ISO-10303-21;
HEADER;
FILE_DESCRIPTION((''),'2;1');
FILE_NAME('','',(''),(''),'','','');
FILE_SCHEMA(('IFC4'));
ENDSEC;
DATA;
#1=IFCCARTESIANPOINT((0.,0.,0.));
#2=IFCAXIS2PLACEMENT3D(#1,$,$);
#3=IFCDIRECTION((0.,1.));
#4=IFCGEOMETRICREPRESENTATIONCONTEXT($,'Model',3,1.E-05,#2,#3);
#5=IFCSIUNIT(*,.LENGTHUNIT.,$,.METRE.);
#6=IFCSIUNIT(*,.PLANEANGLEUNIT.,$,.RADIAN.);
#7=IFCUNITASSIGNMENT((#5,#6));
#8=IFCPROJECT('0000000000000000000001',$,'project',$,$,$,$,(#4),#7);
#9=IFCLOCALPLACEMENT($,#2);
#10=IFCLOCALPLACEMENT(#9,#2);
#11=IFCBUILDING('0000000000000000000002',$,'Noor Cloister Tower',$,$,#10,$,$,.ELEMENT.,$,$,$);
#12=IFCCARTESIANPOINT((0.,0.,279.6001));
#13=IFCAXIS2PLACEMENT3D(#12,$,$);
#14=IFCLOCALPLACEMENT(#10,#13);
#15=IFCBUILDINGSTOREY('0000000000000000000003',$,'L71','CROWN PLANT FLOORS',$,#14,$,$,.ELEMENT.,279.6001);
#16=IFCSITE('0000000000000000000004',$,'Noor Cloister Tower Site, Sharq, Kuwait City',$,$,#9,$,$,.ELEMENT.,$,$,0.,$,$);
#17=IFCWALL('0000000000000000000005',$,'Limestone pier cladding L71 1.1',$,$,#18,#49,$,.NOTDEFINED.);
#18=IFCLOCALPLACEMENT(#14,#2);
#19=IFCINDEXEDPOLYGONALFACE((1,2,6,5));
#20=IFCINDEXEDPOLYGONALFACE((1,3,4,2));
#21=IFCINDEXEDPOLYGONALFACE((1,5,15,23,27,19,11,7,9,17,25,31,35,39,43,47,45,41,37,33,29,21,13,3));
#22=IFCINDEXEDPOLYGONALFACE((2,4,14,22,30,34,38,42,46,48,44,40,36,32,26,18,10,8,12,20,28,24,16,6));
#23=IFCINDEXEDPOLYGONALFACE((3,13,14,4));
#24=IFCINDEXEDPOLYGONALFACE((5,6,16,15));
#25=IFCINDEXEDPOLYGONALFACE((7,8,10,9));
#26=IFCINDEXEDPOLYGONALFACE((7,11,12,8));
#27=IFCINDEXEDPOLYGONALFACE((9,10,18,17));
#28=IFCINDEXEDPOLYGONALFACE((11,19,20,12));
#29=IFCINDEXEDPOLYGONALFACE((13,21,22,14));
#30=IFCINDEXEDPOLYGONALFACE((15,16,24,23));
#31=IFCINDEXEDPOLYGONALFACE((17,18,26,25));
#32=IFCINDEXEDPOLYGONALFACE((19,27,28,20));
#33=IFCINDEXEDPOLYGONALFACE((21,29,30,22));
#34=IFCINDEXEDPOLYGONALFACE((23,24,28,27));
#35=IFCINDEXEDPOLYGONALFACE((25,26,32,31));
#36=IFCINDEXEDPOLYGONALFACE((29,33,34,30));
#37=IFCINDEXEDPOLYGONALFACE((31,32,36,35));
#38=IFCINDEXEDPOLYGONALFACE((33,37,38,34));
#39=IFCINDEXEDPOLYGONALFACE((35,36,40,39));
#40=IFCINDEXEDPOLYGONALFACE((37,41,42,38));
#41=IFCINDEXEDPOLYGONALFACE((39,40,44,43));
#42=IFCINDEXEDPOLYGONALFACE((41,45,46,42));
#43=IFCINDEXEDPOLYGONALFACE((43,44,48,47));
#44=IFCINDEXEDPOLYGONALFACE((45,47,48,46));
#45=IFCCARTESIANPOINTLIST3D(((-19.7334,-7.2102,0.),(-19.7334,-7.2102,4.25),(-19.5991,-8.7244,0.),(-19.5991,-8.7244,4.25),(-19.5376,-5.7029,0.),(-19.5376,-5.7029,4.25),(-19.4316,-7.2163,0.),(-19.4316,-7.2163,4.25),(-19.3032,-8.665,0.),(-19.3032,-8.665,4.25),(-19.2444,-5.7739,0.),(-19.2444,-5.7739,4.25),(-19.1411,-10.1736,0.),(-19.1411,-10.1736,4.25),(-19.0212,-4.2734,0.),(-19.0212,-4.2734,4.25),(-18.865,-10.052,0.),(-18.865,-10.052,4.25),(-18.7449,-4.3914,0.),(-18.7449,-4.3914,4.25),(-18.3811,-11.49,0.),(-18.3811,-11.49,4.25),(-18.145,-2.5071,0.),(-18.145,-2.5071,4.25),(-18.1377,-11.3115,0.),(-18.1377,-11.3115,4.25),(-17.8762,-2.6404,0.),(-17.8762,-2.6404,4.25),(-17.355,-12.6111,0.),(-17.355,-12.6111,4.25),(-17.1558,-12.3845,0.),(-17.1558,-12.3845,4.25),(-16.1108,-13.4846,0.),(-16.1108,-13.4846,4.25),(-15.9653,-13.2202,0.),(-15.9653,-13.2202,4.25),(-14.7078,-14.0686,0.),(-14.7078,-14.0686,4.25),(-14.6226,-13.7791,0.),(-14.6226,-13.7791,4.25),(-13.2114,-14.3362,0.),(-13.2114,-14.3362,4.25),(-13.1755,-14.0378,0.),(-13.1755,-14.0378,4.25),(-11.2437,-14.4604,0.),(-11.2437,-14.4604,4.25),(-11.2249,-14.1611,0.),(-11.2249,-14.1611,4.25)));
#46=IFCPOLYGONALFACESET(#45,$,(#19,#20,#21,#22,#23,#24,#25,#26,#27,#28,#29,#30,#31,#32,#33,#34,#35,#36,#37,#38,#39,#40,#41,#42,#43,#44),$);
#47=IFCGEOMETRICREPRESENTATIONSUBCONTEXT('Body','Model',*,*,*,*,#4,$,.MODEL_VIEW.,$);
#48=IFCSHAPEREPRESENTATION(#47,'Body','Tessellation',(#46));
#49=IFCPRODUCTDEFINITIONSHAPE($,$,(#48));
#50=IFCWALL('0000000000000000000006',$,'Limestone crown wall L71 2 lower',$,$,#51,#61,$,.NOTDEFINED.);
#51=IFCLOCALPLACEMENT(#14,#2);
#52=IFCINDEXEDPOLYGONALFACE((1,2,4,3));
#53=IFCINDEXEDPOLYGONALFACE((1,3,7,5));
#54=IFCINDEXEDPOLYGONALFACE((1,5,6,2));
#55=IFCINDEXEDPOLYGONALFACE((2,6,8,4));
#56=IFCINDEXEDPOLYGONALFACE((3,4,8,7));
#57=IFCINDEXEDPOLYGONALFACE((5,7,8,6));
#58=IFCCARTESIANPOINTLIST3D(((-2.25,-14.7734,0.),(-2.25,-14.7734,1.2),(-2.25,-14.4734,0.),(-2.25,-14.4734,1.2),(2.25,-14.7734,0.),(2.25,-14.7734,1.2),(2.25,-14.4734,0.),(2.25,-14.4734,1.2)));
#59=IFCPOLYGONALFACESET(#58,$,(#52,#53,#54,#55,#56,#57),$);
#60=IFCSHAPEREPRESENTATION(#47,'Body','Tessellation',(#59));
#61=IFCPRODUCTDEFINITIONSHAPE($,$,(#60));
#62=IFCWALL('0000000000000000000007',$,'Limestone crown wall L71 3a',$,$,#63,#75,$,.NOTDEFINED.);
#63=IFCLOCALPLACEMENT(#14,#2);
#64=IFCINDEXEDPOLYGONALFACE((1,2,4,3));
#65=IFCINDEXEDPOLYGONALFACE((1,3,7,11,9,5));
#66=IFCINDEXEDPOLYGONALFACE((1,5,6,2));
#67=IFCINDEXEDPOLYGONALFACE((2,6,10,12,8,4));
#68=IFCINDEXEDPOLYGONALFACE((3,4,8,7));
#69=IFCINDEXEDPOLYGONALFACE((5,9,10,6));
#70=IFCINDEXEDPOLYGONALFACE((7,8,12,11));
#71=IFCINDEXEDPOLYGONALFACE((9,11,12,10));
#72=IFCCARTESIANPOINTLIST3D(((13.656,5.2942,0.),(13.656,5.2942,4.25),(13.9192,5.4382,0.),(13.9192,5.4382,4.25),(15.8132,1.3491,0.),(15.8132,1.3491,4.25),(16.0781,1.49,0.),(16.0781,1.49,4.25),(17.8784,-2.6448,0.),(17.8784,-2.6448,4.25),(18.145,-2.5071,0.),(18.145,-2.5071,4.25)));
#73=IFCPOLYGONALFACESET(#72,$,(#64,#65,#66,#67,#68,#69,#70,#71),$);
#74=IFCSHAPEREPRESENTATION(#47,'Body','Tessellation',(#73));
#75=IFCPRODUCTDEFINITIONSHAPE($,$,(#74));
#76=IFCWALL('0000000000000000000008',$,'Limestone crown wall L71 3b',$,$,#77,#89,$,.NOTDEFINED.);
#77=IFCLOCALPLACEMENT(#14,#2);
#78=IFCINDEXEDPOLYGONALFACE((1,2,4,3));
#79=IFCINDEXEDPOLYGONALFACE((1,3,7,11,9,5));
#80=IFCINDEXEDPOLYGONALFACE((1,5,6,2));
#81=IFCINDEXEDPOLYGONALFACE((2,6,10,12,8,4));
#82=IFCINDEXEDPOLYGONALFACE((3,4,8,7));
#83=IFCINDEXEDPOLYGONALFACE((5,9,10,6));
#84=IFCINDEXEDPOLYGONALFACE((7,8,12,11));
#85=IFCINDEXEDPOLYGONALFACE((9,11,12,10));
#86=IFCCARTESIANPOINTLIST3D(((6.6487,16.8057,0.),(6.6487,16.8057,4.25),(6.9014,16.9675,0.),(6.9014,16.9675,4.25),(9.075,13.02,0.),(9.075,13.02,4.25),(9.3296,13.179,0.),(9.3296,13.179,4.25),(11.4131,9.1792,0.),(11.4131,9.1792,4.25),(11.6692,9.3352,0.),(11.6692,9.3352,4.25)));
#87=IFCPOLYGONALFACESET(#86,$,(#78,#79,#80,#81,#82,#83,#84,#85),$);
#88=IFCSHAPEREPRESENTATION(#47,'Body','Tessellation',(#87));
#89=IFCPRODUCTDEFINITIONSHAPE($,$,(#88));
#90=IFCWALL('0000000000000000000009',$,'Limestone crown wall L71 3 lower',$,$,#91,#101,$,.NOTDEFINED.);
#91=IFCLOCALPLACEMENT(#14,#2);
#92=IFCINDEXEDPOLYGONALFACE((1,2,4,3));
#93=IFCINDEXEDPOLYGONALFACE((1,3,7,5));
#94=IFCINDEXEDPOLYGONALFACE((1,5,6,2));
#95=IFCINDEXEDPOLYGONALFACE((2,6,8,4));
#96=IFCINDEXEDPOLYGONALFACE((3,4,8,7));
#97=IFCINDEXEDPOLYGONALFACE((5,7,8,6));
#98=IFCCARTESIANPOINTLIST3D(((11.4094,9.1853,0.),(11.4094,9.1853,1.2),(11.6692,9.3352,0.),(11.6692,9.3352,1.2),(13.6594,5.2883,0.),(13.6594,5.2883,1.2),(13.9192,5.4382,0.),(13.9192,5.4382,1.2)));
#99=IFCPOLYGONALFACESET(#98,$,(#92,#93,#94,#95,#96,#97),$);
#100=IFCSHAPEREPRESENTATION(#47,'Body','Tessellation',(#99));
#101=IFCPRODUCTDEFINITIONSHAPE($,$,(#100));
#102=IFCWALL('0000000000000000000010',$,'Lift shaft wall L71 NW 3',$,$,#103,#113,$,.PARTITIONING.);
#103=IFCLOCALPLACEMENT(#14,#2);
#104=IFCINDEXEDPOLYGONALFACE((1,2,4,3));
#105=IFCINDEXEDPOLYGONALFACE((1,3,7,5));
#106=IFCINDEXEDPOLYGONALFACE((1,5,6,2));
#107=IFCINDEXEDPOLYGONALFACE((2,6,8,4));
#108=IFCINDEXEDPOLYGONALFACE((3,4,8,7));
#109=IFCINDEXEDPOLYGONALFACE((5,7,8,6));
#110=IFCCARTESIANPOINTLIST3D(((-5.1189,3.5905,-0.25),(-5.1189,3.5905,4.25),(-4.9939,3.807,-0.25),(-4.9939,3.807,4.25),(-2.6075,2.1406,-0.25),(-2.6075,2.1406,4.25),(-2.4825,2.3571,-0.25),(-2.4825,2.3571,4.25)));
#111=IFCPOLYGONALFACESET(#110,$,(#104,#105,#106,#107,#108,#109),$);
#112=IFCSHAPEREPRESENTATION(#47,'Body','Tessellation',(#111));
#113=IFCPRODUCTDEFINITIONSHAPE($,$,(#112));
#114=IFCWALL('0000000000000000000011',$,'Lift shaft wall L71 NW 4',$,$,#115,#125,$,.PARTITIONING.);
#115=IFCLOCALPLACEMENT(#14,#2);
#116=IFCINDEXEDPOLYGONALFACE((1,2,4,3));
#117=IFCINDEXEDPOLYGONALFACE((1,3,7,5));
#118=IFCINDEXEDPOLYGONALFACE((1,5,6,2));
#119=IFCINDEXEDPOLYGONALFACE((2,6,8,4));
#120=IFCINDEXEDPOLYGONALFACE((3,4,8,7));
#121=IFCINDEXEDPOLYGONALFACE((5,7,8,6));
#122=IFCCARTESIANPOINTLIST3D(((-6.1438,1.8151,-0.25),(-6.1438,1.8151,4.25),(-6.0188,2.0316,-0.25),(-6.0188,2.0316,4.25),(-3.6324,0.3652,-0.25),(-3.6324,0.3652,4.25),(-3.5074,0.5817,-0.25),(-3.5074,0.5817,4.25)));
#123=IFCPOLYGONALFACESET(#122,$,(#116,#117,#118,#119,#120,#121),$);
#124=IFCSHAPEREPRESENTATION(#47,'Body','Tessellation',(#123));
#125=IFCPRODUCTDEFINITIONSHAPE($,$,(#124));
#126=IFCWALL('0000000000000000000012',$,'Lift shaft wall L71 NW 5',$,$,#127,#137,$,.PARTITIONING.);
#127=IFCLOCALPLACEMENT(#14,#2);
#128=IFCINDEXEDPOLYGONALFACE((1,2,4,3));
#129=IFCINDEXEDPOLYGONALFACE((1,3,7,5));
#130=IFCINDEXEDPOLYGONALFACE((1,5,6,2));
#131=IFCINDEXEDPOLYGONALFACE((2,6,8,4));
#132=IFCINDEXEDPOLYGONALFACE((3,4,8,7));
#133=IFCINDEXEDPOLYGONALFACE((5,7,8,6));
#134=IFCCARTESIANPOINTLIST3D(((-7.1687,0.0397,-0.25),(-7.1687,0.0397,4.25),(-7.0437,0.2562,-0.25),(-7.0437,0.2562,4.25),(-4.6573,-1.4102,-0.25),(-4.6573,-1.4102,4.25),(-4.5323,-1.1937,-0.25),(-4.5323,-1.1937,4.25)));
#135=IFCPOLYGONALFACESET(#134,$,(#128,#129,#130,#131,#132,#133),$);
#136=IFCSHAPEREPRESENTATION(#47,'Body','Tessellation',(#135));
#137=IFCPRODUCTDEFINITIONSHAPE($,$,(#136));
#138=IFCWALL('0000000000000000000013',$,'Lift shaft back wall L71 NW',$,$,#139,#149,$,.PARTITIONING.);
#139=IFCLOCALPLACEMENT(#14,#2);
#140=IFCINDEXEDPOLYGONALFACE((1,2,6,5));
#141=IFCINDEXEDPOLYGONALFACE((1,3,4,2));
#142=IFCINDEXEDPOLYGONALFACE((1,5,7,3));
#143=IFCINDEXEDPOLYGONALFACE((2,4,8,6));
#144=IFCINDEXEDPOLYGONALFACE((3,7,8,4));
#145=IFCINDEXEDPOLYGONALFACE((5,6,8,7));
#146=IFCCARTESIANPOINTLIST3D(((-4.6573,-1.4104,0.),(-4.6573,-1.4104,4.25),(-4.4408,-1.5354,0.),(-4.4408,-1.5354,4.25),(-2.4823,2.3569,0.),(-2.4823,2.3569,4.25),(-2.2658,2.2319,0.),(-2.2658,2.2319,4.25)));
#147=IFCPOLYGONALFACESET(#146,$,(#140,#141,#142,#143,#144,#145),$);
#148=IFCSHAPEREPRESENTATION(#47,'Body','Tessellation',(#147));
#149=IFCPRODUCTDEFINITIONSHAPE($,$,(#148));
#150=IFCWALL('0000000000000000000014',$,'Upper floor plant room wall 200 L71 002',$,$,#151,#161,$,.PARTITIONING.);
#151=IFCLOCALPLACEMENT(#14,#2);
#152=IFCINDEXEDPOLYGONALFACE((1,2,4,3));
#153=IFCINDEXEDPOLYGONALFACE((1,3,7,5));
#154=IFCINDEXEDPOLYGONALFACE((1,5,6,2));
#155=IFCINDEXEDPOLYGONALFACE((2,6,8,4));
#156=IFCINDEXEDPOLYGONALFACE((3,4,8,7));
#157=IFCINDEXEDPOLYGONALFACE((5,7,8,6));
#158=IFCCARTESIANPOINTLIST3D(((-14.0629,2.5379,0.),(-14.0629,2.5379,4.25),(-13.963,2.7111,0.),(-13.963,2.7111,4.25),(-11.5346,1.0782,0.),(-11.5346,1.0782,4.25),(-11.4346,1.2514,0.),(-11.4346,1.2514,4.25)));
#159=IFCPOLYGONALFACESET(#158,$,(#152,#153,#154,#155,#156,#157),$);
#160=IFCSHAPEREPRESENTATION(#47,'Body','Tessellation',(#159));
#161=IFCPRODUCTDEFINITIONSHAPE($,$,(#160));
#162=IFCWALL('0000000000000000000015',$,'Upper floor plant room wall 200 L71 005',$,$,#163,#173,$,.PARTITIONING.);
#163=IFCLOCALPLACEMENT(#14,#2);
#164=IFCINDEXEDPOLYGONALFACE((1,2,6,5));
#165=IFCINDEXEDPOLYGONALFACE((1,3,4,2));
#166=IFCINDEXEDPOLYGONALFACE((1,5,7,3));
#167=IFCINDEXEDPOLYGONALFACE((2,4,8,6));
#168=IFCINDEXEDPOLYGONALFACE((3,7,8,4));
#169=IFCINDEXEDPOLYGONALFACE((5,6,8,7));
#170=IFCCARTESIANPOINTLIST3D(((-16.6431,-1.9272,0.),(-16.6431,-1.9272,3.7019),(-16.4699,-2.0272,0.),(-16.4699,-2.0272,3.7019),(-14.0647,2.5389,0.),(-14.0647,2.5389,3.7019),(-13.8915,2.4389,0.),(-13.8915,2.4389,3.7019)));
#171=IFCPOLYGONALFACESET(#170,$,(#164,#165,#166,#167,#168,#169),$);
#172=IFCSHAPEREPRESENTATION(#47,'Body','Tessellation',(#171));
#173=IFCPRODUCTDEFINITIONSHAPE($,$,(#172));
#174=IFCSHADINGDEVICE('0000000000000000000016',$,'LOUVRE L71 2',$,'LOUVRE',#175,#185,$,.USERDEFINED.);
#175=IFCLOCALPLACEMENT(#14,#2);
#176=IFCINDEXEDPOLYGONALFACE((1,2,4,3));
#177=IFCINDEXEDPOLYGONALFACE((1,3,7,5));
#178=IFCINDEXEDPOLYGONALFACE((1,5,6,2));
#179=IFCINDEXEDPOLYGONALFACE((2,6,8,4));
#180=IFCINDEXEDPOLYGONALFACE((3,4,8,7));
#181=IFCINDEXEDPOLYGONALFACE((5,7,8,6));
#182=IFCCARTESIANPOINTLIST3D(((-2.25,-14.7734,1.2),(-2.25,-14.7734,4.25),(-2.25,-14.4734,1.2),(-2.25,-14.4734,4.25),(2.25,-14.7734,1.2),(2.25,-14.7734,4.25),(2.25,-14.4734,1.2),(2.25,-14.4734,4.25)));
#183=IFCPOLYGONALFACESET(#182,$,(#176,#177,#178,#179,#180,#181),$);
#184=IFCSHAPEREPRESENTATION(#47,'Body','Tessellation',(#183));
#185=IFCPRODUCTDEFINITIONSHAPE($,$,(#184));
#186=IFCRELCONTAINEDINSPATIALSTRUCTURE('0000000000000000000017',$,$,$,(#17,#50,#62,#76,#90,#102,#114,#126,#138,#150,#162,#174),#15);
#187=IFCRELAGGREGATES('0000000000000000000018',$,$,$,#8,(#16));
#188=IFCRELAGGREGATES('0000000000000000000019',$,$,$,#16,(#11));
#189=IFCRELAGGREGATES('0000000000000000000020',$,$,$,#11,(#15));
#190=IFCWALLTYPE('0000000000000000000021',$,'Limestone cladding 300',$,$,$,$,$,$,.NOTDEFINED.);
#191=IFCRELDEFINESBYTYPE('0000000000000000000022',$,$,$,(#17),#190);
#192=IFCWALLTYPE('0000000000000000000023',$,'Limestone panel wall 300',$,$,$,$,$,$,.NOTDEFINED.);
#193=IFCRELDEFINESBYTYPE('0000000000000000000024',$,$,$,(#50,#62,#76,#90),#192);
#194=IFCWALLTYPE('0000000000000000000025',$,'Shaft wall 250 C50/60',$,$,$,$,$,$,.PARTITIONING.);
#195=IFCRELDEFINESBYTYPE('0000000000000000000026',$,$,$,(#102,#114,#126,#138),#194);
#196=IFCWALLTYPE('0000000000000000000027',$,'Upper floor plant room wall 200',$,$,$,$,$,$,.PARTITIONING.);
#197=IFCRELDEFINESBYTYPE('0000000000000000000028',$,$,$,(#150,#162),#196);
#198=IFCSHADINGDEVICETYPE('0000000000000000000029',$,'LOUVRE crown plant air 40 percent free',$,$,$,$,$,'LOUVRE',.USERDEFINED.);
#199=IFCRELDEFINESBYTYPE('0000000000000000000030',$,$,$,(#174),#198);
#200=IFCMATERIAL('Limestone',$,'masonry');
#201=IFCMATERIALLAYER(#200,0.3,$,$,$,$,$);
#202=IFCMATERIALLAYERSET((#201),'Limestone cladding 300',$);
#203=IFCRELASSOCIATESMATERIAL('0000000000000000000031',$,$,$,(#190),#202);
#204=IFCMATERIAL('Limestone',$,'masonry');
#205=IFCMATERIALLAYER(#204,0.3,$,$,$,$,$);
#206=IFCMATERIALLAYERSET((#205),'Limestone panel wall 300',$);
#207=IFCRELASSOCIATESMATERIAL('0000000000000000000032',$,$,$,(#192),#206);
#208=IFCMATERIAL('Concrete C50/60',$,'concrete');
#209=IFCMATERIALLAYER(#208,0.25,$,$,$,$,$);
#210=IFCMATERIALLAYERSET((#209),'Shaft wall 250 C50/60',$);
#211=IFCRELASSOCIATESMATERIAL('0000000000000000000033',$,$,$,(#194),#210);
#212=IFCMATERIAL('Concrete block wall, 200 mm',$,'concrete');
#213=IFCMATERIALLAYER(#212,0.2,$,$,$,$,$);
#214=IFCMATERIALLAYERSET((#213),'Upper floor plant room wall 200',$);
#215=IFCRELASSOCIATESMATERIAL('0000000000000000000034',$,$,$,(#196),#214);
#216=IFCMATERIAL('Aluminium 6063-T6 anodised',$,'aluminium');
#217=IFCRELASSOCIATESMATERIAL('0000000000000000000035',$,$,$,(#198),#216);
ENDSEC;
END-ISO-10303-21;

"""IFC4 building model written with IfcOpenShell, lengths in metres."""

from ifc_helpers import new_model, si_unit, direction, frame, frame_2d, origin, place, context, subcontext, project, spatial, polyline, rectangle, outline, extrude, material, layer, layer_set, type_object, element, save


model = new_model("IFC4")

# Units and contexts
model_context = context("Model", 3, precision=1e-05, world=origin(), true_north=direction((0.0, 1.0)))
body_context = subcontext(model_context, "Body", "Model", "MODEL_VIEW")
ifc_project = project(units=[si_unit("LENGTHUNIT", "METRE"), si_unit("PLANEANGLEUNIT", "RADIAN")], contexts=[model_context])

# Site, building, storey
site_placement = place(None, origin())
site = spatial("IfcSite", under=ifc_project, at=site_placement, Name="Noor Cloister Tower Site, Sharq, Kuwait City", CompositionType="ELEMENT", RefElevation=0.0)
building_placement = place(site_placement, origin())
building = spatial("IfcBuilding", under=site, at=building_placement, Name="Noor Cloister Tower", CompositionType="ELEMENT")
storey_placement = place(building_placement, frame((0.0, 0.0, 279.6001)))
storey = spatial("IfcBuildingStorey", under=building, at=storey_placement, Name="L71", Description="CROWN PLANT FLOORS", CompositionType="ELEMENT", Elevation=279.6001)

# Walls
ifc_material_1 = material(Name="Limestone", Category="masonry")
ifc_layer_1 = layer(ifc_material_1, 0.3)
ifc_layer_set_1 = layer_set([ifc_layer_1], Name="Limestone cladding 300")
wall_type_1 = type_object("IfcWallType", Name="Limestone cladding 300", PredefinedType="NOTDEFINED", material=ifc_layer_set_1)
wall_1_placement = place(storey_placement, origin())
element("IfcWall", 1, at=wall_1_placement, inside=storey, type_object=wall_type_1, Name="Limestone pier cladding L71 1.1", PredefinedType="NOTDEFINED", context=body_context, shape_type="SweptSolid", body=[
    extrude(outline(polyline([(-18.145, -2.5071), (-19.0212, -4.2734), (-19.5376, -5.7029), (-19.7334, -7.2102), (-19.5991, -8.7244), (-19.1411, -10.1736), (-18.3811, -11.49), (-17.355, -12.6111), (-16.1108, -13.4846), (-14.7078, -14.0686), (-13.2114, -14.3362), (-11.2437, -14.4604), (-11.2249, -14.1611), (-13.1755, -14.0378), (-14.6226, -13.7791), (-15.9653, -13.2202), (-17.1558, -12.3845), (-18.1377, -11.3115), (-18.865, -10.052), (-19.3032, -8.665), (-19.4316, -7.2163), (-19.2444, -5.7739), (-18.7449, -4.3914), (-17.8762, -2.6404), (-18.145, -2.5071)])), origin(), (0.0, 0.0, 1.0), 4.25),
])
ifc_material_2 = material(Name="Limestone", Category="masonry")
ifc_layer_2 = layer(ifc_material_2, 0.3)
ifc_layer_set_2 = layer_set([ifc_layer_2], Name="Limestone panel wall 300")
wall_type_2 = type_object("IfcWallType", Name="Limestone panel wall 300", PredefinedType="NOTDEFINED", material=ifc_layer_set_2)
wall_2_placement = place(storey_placement, origin())
element("IfcWall", 2, at=wall_2_placement, inside=storey, type_object=wall_type_2, Name="Limestone crown wall L71 2 lower", PredefinedType="NOTDEFINED", context=body_context, shape_type="SweptSolid", body=[
    extrude(outline(polyline([(-2.25, -14.7734), (2.25, -14.7734), (2.25, -14.4734), (-2.25, -14.4734), (-2.25, -14.7734)])), origin(), (0.0, 0.0, 1.0), 1.2),
])
wall_3_placement = place(storey_placement, origin())
element("IfcWall", 3, at=wall_3_placement, inside=storey, type_object=wall_type_2, Name="Limestone crown wall L71 3a", PredefinedType="NOTDEFINED", context=body_context, shape_type="SweptSolid", body=[
    extrude(outline(polyline([(18.145, -2.5071), (16.0781, 1.49), (13.9192, 5.4382), (13.656, 5.2942), (15.8132, 1.3491), (17.8784, -2.6448), (18.145, -2.5071)])), origin(), (0.0, 0.0, 1.0), 4.25),
])
wall_4_placement = place(storey_placement, origin())
element("IfcWall", 4, at=wall_4_placement, inside=storey, type_object=wall_type_2, Name="Limestone crown wall L71 3b", PredefinedType="NOTDEFINED", context=body_context, shape_type="SweptSolid", body=[
    extrude(outline(polyline([(11.6692, 9.3352), (9.3296, 13.179), (6.9014, 16.9675), (6.6487, 16.8057), (9.075, 13.02), (11.4131, 9.1792), (11.6692, 9.3352)])), origin(), (0.0, 0.0, 1.0), 4.25),
])
wall_5_placement = place(storey_placement, origin())
element("IfcWall", 5, at=wall_5_placement, inside=storey, type_object=wall_type_2, Name="Limestone crown wall L71 3 lower", PredefinedType="NOTDEFINED", context=body_context, shape_type="SweptSolid", body=[
    extrude(outline(polyline([(13.9192, 5.4382), (11.6692, 9.3352), (11.4094, 9.1853), (13.6594, 5.2883), (13.9192, 5.4382)])), origin(), (0.0, 0.0, 1.0), 1.2),
])
ifc_material_3 = material(Name="Concrete C50/60", Category="concrete")
ifc_layer_3 = layer(ifc_material_3, 0.25)
ifc_layer_set_3 = layer_set([ifc_layer_3], Name="Shaft wall 250 C50/60")
wall_type_3 = type_object("IfcWallType", Name="Shaft wall 250 C50/60", PredefinedType="PARTITIONING", material=ifc_layer_set_3)
for number, where, z_axis, x_axis, name in (
    (6, (-5.0564, 3.6987, -0.25), (0.0, 0.0, 1.0), (0.866033, -0.499987, 0.0), "Lift shaft wall L71 NW 3"),
    (7, (-6.0813, 1.9233, -0.25), (0.0, 0.0, 1.0), (0.866033, -0.499987, 0.0), "Lift shaft wall L71 NW 4"),
    (8, (-7.1062, 0.1479, -0.25), (0.0, 0.0, 1.0), (0.866033, -0.499987, 0.0), "Lift shaft wall L71 NW 5"),
):
    element("IfcWall", number, at=place(storey_placement, frame(where, z_axis=z_axis, x_axis=x_axis)), inside=storey, type_object=wall_type_3, Name=name, PredefinedType="PARTITIONING", context=body_context, shape_type="SweptSolid", body=[
        extrude(rectangle(XDim=2.8999, YDim=0.25, at=frame_2d((1.45, 0.0))), origin(), (0.0, 0.0, 1.0), 4.5),
    ])
wall_6_placement = place(storey_placement, frame((-2.374, 2.2944, 0.0), z_axis=(0.0, 0.0, 1.0), x_axis=(-0.499996, -0.866028, 0.0)))
element("IfcWall", 9, at=wall_6_placement, inside=storey, type_object=wall_type_3, Name="Lift shaft back wall L71 NW", PredefinedType="PARTITIONING", context=body_context, shape_type="SweptSolid", body=[
    extrude(rectangle(XDim=4.3501, YDim=0.25, at=frame_2d((2.175, 0.0))), origin(), (0.0, 0.0, 1.0), 4.25),
])
ifc_material_4 = material(Name="Concrete block wall, 200 mm", Category="concrete")
ifc_layer_4 = layer(ifc_material_4, 0.2)
ifc_layer_set_4 = layer_set([ifc_layer_4], Name="Upper floor plant room wall 200")
wall_type_4 = type_object("IfcWallType", Name="Upper floor plant room wall 200", PredefinedType="PARTITIONING", material=ifc_layer_set_4)
wall_7_placement = place(storey_placement, frame((-14.0129, 2.6245, 0.0), z_axis=(0.0, 0.0, 1.0), x_axis=(0.866027, -0.499998, 0.0)))
element("IfcWall", 10, at=wall_7_placement, inside=storey, type_object=wall_type_4, Name="Upper floor plant room wall 200 L71 002", PredefinedType="PARTITIONING", context=body_context, shape_type="SweptSolid", body=[
    extrude(rectangle(XDim=2.9194, YDim=0.2, at=frame_2d((1.4597, 0.0))), origin(), (0.0, 0.0, 1.0), 4.25),
])
wall_8_placement = place(storey_placement, frame((-13.978, 2.489, 0.0), z_axis=(0.0, 0.0, 1.0), x_axis=(-0.499983, -0.866035, 0.0)))
element("IfcWall", 11, at=wall_8_placement, inside=storey, type_object=wall_type_4, Name="Upper floor plant room wall 200 L71 005", PredefinedType="PARTITIONING", context=body_context, shape_type="SweptSolid", body=[
    extrude(rectangle(XDim=5.157, YDim=0.2, at=frame_2d((2.5786, 0.0))), origin(), (0.0, 0.0, 1.0), 3.7019),
])

# Shading device
ifc_material_5 = material(Name="Aluminium 6063-T6 anodised", Category="aluminium")
shading_device_type = type_object("IfcShadingDeviceType", Name="LOUVRE crown plant air 40 percent free", ElementType="LOUVRE", PredefinedType="USERDEFINED", material=ifc_material_5)
shading_device_1_placement = place(storey_placement, frame((0.0, 0.0, 1.2)))
element("IfcShadingDevice", 12, at=shading_device_1_placement, inside=storey, type_object=shading_device_type, Name="LOUVRE L71 2", ObjectType="LOUVRE", PredefinedType="USERDEFINED", context=body_context, shape_type="SweptSolid", body=[
    extrude(outline(polyline([(-2.25, -14.7734), (2.25, -14.7734), (2.25, -14.4734), (-2.25, -14.4734), (-2.25, -14.7734)])), origin(), (0.0, 0.0, 1.0), 3.05),
])

save(model, "model.ifc")
